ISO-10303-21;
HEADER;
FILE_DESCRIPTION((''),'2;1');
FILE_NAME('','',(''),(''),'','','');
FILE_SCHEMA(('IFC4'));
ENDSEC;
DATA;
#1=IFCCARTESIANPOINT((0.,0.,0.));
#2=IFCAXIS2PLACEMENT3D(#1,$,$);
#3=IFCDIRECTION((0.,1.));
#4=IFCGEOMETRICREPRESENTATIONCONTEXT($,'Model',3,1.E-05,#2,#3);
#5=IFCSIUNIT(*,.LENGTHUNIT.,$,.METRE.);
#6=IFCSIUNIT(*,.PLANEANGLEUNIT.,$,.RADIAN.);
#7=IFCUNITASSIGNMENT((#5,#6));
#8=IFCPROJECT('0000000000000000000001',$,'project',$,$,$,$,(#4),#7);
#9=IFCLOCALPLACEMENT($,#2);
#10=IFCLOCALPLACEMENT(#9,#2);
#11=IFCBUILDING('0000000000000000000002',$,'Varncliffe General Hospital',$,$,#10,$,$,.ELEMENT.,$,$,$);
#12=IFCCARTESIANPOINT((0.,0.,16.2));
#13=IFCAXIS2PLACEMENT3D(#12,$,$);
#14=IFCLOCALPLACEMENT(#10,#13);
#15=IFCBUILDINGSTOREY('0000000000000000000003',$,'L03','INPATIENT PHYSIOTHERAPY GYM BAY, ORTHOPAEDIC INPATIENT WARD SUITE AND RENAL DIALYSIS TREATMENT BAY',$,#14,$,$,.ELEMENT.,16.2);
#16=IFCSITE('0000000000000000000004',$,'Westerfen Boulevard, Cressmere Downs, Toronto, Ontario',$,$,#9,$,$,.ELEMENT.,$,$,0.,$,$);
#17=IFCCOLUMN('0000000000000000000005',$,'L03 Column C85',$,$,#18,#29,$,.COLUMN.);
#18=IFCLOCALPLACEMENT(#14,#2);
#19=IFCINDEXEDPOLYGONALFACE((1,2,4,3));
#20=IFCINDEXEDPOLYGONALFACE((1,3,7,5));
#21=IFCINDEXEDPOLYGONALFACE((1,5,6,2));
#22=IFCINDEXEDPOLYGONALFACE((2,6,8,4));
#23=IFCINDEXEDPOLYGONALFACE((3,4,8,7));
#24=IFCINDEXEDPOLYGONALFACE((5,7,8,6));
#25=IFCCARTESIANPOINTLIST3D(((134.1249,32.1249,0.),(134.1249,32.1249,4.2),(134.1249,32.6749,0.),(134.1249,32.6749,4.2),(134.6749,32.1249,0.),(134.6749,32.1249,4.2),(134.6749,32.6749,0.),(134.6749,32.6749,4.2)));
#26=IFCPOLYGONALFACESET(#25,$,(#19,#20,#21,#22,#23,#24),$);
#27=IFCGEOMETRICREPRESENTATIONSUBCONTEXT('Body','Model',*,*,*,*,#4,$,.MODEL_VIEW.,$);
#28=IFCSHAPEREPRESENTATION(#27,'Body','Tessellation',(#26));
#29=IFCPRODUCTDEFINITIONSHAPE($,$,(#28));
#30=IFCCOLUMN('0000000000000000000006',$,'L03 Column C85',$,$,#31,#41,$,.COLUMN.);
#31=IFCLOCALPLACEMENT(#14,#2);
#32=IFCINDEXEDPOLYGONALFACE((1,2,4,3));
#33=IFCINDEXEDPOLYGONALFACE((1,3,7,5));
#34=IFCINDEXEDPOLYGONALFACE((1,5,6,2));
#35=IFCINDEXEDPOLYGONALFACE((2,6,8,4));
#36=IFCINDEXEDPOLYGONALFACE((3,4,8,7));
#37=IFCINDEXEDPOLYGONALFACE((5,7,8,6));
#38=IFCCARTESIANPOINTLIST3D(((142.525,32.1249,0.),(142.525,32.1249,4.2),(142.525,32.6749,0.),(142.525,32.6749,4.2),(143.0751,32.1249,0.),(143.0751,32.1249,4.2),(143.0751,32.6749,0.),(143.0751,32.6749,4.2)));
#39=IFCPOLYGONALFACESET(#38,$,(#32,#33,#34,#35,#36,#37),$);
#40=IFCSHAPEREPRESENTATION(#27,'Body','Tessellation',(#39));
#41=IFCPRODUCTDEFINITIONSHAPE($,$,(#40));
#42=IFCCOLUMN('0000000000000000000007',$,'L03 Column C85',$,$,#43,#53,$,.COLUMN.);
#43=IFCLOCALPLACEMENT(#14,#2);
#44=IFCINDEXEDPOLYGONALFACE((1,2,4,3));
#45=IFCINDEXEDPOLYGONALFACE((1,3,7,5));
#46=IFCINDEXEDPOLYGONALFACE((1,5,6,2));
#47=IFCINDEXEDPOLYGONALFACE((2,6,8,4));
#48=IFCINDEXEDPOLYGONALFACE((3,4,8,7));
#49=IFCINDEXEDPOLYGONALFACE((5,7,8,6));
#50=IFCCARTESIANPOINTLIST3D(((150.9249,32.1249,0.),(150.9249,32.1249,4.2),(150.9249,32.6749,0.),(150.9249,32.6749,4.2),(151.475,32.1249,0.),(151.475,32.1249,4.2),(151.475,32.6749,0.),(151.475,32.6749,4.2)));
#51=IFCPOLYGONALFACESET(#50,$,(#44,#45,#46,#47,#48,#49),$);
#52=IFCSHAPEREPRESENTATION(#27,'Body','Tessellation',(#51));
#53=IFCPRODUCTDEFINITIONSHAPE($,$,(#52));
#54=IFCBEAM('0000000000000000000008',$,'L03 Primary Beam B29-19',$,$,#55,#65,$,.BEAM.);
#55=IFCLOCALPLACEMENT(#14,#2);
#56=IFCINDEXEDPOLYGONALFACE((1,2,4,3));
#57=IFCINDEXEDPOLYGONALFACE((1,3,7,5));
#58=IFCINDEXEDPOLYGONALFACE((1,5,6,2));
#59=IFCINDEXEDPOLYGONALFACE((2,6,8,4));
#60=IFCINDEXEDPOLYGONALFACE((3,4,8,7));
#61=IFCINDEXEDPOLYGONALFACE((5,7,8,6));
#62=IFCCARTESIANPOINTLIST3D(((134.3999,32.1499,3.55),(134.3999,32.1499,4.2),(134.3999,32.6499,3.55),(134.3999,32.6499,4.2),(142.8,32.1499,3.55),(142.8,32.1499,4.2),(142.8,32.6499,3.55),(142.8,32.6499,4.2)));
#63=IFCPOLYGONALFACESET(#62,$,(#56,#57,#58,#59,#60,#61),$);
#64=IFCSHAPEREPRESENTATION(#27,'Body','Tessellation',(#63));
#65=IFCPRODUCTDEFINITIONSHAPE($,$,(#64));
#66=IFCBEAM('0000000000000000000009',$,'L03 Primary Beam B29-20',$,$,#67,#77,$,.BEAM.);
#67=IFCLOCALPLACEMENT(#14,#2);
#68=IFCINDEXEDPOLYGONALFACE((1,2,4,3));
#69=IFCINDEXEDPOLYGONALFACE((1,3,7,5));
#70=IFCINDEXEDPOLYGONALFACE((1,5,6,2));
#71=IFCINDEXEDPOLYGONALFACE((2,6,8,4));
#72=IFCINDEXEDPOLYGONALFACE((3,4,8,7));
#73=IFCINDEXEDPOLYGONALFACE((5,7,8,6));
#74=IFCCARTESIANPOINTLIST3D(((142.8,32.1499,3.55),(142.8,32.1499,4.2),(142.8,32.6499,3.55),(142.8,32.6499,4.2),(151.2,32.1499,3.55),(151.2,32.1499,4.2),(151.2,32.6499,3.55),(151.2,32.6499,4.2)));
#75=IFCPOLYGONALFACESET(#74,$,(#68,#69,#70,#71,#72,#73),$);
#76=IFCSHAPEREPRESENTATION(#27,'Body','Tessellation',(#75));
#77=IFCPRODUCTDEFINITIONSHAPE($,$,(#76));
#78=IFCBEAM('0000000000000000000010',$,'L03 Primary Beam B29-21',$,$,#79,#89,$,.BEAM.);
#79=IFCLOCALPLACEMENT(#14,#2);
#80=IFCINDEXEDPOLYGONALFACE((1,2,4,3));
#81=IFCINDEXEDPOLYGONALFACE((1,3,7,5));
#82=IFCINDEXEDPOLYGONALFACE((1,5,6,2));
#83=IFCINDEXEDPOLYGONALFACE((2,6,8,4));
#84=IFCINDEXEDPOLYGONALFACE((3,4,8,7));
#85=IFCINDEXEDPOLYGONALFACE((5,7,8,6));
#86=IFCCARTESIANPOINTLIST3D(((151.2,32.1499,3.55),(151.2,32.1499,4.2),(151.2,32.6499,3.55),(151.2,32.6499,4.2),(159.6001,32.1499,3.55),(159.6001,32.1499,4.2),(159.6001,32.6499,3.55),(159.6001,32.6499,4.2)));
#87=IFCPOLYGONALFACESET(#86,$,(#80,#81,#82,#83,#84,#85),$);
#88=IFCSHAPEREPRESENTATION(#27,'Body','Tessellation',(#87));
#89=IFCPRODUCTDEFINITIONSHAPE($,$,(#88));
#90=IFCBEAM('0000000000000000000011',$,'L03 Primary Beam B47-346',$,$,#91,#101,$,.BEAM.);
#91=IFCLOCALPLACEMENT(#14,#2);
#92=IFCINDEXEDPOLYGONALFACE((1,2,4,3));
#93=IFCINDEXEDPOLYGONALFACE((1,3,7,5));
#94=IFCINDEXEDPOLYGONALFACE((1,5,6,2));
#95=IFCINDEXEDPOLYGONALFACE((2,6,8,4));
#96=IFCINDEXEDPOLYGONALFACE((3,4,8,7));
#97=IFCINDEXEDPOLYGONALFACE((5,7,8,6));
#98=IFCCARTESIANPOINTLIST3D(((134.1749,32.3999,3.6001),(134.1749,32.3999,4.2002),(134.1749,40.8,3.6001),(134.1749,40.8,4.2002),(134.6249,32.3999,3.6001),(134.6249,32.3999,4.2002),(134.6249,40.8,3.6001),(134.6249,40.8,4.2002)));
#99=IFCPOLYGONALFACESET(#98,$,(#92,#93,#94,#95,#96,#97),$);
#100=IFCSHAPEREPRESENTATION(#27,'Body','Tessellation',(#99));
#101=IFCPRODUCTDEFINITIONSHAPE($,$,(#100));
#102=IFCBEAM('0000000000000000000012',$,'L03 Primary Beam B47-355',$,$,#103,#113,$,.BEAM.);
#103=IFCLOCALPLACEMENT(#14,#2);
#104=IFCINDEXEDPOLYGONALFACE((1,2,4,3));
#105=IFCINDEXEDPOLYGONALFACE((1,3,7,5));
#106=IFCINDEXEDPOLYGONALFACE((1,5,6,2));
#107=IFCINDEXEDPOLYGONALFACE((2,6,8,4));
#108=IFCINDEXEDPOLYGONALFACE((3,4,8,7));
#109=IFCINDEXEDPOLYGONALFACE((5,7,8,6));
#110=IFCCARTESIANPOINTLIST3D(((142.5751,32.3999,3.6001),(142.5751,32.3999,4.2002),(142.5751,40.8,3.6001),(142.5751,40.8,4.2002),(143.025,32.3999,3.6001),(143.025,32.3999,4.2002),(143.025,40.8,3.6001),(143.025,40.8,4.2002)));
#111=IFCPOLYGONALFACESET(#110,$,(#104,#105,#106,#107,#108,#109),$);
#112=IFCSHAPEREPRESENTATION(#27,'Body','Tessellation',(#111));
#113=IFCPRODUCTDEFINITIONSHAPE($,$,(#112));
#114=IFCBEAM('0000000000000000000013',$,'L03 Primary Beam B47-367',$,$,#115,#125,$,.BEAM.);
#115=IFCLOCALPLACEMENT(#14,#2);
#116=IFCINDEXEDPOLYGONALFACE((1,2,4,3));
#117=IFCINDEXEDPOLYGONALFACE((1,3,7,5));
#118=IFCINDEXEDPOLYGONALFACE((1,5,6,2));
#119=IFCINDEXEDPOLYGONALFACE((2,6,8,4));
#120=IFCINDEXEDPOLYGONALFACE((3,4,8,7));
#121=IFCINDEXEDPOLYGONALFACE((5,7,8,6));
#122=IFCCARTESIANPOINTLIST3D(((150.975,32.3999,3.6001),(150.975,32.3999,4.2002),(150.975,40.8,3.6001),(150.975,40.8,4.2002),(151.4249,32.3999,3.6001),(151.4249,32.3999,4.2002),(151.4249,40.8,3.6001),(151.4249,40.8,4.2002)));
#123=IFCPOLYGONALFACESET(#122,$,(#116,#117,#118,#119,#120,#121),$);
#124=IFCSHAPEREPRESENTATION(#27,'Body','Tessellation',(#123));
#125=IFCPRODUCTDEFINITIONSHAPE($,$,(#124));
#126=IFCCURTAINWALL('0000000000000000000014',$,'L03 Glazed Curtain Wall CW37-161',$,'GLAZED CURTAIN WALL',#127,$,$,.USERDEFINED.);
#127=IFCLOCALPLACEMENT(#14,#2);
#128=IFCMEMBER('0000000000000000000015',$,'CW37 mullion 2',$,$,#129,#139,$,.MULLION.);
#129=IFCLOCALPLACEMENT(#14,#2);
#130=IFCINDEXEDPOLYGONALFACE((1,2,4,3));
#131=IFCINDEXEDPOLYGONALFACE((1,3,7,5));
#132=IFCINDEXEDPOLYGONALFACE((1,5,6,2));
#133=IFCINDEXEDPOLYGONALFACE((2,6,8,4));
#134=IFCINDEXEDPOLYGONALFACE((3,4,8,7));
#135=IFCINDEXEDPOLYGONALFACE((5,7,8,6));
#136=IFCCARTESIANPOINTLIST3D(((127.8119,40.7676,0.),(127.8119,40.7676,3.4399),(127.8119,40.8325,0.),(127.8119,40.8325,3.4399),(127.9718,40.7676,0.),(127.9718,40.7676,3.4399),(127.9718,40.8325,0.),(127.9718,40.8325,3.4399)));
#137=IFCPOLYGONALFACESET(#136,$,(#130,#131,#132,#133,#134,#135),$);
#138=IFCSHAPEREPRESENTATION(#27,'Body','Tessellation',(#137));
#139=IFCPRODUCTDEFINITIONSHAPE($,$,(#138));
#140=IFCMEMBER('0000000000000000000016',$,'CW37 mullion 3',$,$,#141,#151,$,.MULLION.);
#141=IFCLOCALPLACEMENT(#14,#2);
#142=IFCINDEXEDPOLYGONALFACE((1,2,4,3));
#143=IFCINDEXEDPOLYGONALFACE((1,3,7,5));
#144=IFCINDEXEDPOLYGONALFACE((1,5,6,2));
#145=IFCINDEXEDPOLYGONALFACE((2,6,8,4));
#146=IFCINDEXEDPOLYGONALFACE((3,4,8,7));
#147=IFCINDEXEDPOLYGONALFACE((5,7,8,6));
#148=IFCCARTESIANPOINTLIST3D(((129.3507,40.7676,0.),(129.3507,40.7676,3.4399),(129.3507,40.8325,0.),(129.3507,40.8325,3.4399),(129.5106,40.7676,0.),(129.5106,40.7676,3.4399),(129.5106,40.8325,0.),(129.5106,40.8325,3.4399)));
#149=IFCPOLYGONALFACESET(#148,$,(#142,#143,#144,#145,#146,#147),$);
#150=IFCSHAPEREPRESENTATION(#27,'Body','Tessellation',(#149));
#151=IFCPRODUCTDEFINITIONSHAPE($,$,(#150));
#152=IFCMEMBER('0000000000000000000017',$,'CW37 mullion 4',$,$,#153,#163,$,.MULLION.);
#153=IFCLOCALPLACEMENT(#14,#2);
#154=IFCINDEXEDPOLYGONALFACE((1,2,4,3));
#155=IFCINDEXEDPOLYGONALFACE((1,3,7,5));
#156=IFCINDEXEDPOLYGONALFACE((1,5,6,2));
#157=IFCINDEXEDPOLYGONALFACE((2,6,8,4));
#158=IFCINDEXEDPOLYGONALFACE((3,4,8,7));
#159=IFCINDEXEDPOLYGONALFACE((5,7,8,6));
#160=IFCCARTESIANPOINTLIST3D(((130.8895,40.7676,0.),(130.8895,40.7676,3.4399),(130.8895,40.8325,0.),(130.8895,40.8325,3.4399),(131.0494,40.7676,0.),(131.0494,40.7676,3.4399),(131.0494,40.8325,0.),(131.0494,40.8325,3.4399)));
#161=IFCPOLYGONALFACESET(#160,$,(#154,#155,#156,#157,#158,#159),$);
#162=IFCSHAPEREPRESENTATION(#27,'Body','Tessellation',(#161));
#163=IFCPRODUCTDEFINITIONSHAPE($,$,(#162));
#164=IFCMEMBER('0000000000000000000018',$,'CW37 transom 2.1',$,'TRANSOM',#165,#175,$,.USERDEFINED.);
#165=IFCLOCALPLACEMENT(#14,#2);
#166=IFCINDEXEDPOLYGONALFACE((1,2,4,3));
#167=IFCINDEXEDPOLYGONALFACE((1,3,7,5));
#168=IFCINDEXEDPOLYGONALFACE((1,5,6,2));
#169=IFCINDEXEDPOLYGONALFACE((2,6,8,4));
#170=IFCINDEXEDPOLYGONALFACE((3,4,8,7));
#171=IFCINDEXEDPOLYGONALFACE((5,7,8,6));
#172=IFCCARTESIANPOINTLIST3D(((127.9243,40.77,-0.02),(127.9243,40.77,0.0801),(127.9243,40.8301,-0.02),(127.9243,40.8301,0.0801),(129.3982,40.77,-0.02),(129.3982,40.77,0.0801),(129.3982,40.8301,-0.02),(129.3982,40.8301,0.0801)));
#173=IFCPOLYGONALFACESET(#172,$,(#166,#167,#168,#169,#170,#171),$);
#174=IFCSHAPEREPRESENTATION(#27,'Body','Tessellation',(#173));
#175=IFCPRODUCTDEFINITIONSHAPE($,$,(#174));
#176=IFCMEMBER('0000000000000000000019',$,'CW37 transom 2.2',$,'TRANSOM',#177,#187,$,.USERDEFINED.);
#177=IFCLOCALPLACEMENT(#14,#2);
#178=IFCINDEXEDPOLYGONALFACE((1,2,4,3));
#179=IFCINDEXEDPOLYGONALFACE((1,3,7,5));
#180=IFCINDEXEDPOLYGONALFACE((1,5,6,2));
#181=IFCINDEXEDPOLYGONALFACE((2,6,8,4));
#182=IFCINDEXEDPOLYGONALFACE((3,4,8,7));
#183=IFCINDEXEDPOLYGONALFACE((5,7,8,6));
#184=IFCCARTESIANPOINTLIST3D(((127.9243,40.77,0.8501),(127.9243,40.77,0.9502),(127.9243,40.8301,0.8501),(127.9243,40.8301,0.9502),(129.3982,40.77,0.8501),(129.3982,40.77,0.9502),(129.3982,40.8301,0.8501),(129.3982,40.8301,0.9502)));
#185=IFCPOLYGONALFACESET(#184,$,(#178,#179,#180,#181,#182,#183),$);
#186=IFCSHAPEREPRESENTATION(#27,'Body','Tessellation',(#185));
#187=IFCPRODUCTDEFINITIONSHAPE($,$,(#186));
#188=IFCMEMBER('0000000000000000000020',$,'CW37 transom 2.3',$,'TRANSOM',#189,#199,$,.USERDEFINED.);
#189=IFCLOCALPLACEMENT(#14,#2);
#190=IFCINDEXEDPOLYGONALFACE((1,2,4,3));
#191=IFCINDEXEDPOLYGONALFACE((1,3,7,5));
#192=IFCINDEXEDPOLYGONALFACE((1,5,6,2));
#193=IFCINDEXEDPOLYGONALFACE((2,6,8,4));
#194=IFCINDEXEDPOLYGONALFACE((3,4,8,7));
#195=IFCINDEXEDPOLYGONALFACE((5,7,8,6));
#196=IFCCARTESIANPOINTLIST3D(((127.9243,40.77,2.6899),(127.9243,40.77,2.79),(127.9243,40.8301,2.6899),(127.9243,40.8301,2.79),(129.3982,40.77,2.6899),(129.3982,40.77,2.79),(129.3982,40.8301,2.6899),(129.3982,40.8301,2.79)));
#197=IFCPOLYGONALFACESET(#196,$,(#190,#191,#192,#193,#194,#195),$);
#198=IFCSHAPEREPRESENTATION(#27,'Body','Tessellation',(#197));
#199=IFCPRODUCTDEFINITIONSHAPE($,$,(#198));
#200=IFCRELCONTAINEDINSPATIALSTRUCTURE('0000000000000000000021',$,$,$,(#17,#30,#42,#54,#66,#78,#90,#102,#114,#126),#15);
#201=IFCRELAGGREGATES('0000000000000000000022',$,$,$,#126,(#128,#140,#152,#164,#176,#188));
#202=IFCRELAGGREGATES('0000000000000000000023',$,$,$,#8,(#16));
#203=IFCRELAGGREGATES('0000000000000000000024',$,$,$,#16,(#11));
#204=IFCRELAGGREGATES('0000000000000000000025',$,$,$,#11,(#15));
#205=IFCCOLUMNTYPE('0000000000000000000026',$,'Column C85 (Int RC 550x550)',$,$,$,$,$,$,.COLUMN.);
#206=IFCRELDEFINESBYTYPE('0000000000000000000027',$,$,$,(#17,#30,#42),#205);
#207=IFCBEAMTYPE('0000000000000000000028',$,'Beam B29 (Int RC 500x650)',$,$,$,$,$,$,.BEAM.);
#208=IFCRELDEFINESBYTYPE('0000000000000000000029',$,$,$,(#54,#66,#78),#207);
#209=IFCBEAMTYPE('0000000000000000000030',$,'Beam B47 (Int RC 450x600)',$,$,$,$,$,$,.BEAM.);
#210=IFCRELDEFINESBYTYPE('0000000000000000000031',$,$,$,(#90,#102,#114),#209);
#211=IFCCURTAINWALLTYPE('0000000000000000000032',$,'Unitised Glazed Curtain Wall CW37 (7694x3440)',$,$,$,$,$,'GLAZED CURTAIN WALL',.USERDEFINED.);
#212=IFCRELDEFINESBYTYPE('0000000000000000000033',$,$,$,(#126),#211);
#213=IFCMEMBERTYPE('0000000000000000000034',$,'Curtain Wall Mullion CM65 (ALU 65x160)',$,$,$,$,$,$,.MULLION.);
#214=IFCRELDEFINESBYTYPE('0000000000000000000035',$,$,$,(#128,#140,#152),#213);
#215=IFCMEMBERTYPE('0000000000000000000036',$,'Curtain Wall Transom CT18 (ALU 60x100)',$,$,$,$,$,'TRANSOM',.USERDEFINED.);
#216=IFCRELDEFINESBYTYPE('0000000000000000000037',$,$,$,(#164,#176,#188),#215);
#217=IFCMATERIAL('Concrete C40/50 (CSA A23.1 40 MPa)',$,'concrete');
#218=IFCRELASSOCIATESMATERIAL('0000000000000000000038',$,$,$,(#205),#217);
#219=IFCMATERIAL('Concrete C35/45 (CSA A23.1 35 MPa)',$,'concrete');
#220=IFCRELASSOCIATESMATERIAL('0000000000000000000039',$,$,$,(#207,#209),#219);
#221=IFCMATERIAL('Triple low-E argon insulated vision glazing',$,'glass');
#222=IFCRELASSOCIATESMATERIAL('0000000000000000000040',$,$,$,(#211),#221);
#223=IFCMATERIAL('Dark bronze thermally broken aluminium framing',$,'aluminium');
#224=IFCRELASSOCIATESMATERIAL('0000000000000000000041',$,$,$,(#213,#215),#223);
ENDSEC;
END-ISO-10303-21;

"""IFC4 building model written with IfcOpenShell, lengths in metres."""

from ifc_helpers import new_model, si_unit, direction, frame, origin, origin_2d, place, context, subcontext, project, spatial, rectangle, extrude, material, material_profile, profile_set, type_object, element, aggregate, save


model = new_model("IFC4")

# Units and contexts
model_context = context("Model", 3, precision=1e-05, world=origin(), true_north=direction((0.0, 1.0)))
body_context = subcontext(model_context, "Body", "Model", "MODEL_VIEW")
ifc_project = project(units=[si_unit("LENGTHUNIT", "METRE"), si_unit("PLANEANGLEUNIT", "RADIAN")], contexts=[model_context])

# Site, building, storey
site_placement = place(None, origin())
site = spatial("IfcSite", under=ifc_project, at=site_placement, Name="Westerfen Boulevard, Cressmere Downs, Toronto, Ontario", CompositionType="ELEMENT", RefElevation=0.0)
building_placement = place(site_placement, origin())
building = spatial("IfcBuilding", under=site, at=building_placement, Name="Varncliffe General Hospital", CompositionType="ELEMENT")
storey_placement = place(building_placement, frame((0.0, 0.0, 16.2)))
storey = spatial("IfcBuildingStorey", under=building, at=storey_placement, Name="L03", Description="INPATIENT PHYSIOTHERAPY GYM BAY, ORTHOPAEDIC INPATIENT WARD SUITE AND RENAL DIALYSIS TREATMENT BAY", CompositionType="ELEMENT", Elevation=16.2)

# Columns
ifc_material_1 = material(Name="Concrete C40/50 (CSA A23.1 40 MPa)", Category="concrete")
ifc_material_profile_1 = material_profile(ifc_material_1, rectangle(XDim=0.55, YDim=0.55, at=origin_2d()), Name="RC 550x550")
ifc_profile_set_1 = profile_set([ifc_material_profile_1], Name="Concrete C40/50 (CSA A23.1 40 MPa)")
column_type = type_object("IfcColumnType", Name="Column C85 (Int RC 550x550)", PredefinedType="COLUMN", material=ifc_profile_set_1)
for number, where, z_axis, x_axis, name in (
    (1, (134.3999, 32.3999, 0.0), (0.0, 0.0, 1.0), (1.0, 0.0, 0.0), "L03 Column C85"),
    (2, (142.8, 32.3999, 0.0), (0.0, 0.0, 1.0), (1.0, 0.0, 0.0), "L03 Column C85"),
    (3, (151.2, 32.3999, 0.0), (0.0, 0.0, 1.0), (1.0, 0.0, 0.0), "L03 Column C85"),
):
    element("IfcColumn", number, at=place(storey_placement, frame(where, z_axis=z_axis, x_axis=x_axis)), inside=storey, type_object=column_type, Name=name, PredefinedType="COLUMN", context=body_context, shape_type="SweptSolid", body=[
        extrude(rectangle(XDim=0.55, YDim=0.55, at=origin_2d()), origin(), (0.0, 0.0, 1.0), 4.2),
    ])

# Beams
ifc_material_2 = material(Name="Concrete C35/45 (CSA A23.1 35 MPa)", Category="concrete")
ifc_material_profile_2 = material_profile(ifc_material_2, rectangle(XDim=0.5, YDim=0.6499, at=origin_2d()), Name="RC 500x650")
ifc_profile_set_2 = profile_set([ifc_material_profile_2], Name="Concrete C35/45 (CSA A23.1 35 MPa)")
beam_type_1 = type_object("IfcBeamType", Name="Beam B29 (Int RC 500x650)", PredefinedType="BEAM", material=ifc_profile_set_2)
beam_1_placement = place(storey_placement, frame((134.3999, 32.3999, 3.875), z_axis=(1.0, 0.0, 0.0), x_axis=(0.0, 1.0, 0.0)))
element("IfcBeam", 4, at=beam_1_placement, inside=storey, type_object=beam_type_1, Name="L03 Primary Beam B29-19", PredefinedType="BEAM", context=body_context, shape_type="SweptSolid", body=[
    extrude(rectangle(XDim=0.5, YDim=0.6499, at=origin_2d()), origin(), (0.0, 0.0, 1.0), 8.4001),
])
beam_2_placement = place(storey_placement, frame((142.8, 32.3999, 3.875), z_axis=(1.0, 0.0, 0.0), x_axis=(0.0, 1.0, 0.0)))
element("IfcBeam", 5, at=beam_2_placement, inside=storey, type_object=beam_type_1, Name="L03 Primary Beam B29-20", PredefinedType="BEAM", context=body_context, shape_type="SweptSolid", body=[
    extrude(rectangle(XDim=0.5, YDim=0.6499, at=origin_2d()), origin(), (0.0, 0.0, 1.0), 8.3999),
])
beam_3_placement = place(storey_placement, frame((151.2, 32.3999, 3.875), z_axis=(1.0, 0.0, 0.0), x_axis=(0.0, 1.0, 0.0)))
element("IfcBeam", 6, at=beam_3_placement, inside=storey, type_object=beam_type_1, Name="L03 Primary Beam B29-21", PredefinedType="BEAM", context=body_context, shape_type="SweptSolid", body=[
    extrude(rectangle(XDim=0.5, YDim=0.6499, at=origin_2d()), origin(), (0.0, 0.0, 1.0), 8.4001),
])
ifc_material_profile_3 = material_profile(ifc_material_2, rectangle(XDim=0.45, YDim=0.6001, at=origin_2d()), Name="RC 450x600")
ifc_profile_set_3 = profile_set([ifc_material_profile_3], Name="Concrete C35/45 (CSA A23.1 35 MPa)")
beam_type_2 = type_object("IfcBeamType", Name="Beam B47 (Int RC 450x600)", PredefinedType="BEAM", material=ifc_profile_set_3)
for number, where, z_axis, x_axis, name in (
    (7, (134.3999, 32.3999, 3.9001), (0.0, 1.0, 0.0), (-1.0, 0.0, 0.0), "L03 Primary Beam B47-346"),
    (8, (142.8, 32.3999, 3.9001), (0.0, 1.0, 0.0), (-1.0, 0.0, 0.0), "L03 Primary Beam B47-355"),
    (9, (151.2, 32.3999, 3.9001), (0.0, 1.0, 0.0), (-1.0, 0.0, 0.0), "L03 Primary Beam B47-367"),
):
    element("IfcBeam", number, at=place(storey_placement, frame(where, z_axis=z_axis, x_axis=x_axis)), inside=storey, type_object=beam_type_2, Name=name, PredefinedType="BEAM", context=body_context, shape_type="SweptSolid", body=[
        extrude(rectangle(XDim=0.45, YDim=0.6001, at=origin_2d()), origin(), (0.0, 0.0, 1.0), 8.4001),
    ])

# Curtain wall, members
ifc_material_3 = material(Name="Triple low-E argon insulated vision glazing", Category="glass")
curtain_wall_type = type_object("IfcCurtainWallType", Name="Unitised Glazed Curtain Wall CW37 (7694x3440)", ElementType="GLAZED CURTAIN WALL", PredefinedType="USERDEFINED", material=ifc_material_3)
curtain_wall_placement = place(storey_placement, origin())
curtain_wall = element("IfcCurtainWall", 10, at=curtain_wall_placement, inside=storey, type_object=curtain_wall_type, Name="L03 Glazed Curtain Wall CW37-161", ObjectType="GLAZED CURTAIN WALL", PredefinedType="USERDEFINED")
ifc_material_4 = material(Name="Dark bronze thermally broken aluminium framing", Category="aluminium")
ifc_material_profile_4 = material_profile(ifc_material_4, rectangle(XDim=0.0649, YDim=0.1599, at=origin_2d()), Name="ALU 65x160")
ifc_profile_set_4 = profile_set([ifc_material_profile_4], Name="Dark bronze thermally broken aluminium framing")
member_type_1 = type_object("IfcMemberType", Name="Curtain Wall Mullion CM65 (ALU 65x160)", PredefinedType="MULLION", material=ifc_profile_set_4)
member_1_placement = place(storey_placement, frame((127.8918, 40.8, 0.0), z_axis=(0.0, 0.0, 1.0), x_axis=(0.0, 1.0, 0.0)))
member_1 = element("IfcMember", 11, at=member_1_placement, type_object=member_type_1, Name="CW37 mullion 2", PredefinedType="MULLION", context=body_context, shape_type="SweptSolid", body=[
    extrude(rectangle(XDim=0.0649, YDim=0.1599, at=origin_2d()), origin(), (0.0, 0.0, 1.0), 3.4399),
])
member_2_placement = place(storey_placement, frame((129.4307, 40.8, 0.0), z_axis=(0.0, 0.0, 1.0), x_axis=(0.0, 1.0, 0.0)))
member_2 = element("IfcMember", 12, at=member_2_placement, type_object=member_type_1, Name="CW37 mullion 3", PredefinedType="MULLION", context=body_context, shape_type="SweptSolid", body=[
    extrude(rectangle(XDim=0.0649, YDim=0.1599, at=origin_2d()), origin(), (0.0, 0.0, 1.0), 3.4399),
])
member_3_placement = place(storey_placement, frame((130.9695, 40.8, 0.0), z_axis=(0.0, 0.0, 1.0), x_axis=(0.0, 1.0, 0.0)))
member_3 = element("IfcMember", 13, at=member_3_placement, type_object=member_type_1, Name="CW37 mullion 4", PredefinedType="MULLION", context=body_context, shape_type="SweptSolid", body=[
    extrude(rectangle(XDim=0.0649, YDim=0.1599, at=origin_2d()), origin(), (0.0, 0.0, 1.0), 3.4399),
])
ifc_material_profile_5 = material_profile(ifc_material_4, rectangle(XDim=0.0601, YDim=0.1001, at=origin_2d()), Name="ALU 60x100")
ifc_profile_set_5 = profile_set([ifc_material_profile_5], Name="Dark bronze thermally broken aluminium framing")
member_type_2 = type_object("IfcMemberType", Name="Curtain Wall Transom CT18 (ALU 60x100)", ElementType="TRANSOM", PredefinedType="USERDEFINED", material=ifc_profile_set_5)
member_4_placement = place(storey_placement, frame((127.9243, 40.8, 0.03), z_axis=(1.0, 0.0, 0.0), x_axis=(0.0, 1.0, 0.0)))
member_4 = element("IfcMember", 14, at=member_4_placement, type_object=member_type_2, Name="CW37 transom 2.1", ObjectType="TRANSOM", PredefinedType="USERDEFINED", context=body_context, shape_type="SweptSolid", body=[
    extrude(rectangle(XDim=0.0601, YDim=0.1001, at=origin_2d()), origin(), (0.0, 0.0, 1.0), 1.4739),
])
member_5_placement = place(storey_placement, frame((127.9243, 40.8, 0.9001), z_axis=(1.0, 0.0, 0.0), x_axis=(0.0, 1.0, 0.0)))
member_5 = element("IfcMember", 15, at=member_5_placement, type_object=member_type_2, Name="CW37 transom 2.2", ObjectType="TRANSOM", PredefinedType="USERDEFINED", context=body_context, shape_type="SweptSolid", body=[
    extrude(rectangle(XDim=0.0601, YDim=0.1001, at=origin_2d()), origin(), (0.0, 0.0, 1.0), 1.4739),
])
member_6_placement = place(storey_placement, frame((127.9243, 40.8, 2.74), z_axis=(1.0, 0.0, 0.0), x_axis=(0.0, 1.0, 0.0)))
member_6 = element("IfcMember", 16, at=member_6_placement, type_object=member_type_2, Name="CW37 transom 2.3", ObjectType="TRANSOM", PredefinedType="USERDEFINED", context=body_context, shape_type="SweptSolid", body=[
    extrude(rectangle(XDim=0.0601, YDim=0.1001, at=origin_2d()), origin(), (0.0, 0.0, 1.0), 1.4739),
])
aggregate(curtain_wall, [member_1, member_2, member_3, member_4, member_5, member_6])

save(model, "model.ifc")
